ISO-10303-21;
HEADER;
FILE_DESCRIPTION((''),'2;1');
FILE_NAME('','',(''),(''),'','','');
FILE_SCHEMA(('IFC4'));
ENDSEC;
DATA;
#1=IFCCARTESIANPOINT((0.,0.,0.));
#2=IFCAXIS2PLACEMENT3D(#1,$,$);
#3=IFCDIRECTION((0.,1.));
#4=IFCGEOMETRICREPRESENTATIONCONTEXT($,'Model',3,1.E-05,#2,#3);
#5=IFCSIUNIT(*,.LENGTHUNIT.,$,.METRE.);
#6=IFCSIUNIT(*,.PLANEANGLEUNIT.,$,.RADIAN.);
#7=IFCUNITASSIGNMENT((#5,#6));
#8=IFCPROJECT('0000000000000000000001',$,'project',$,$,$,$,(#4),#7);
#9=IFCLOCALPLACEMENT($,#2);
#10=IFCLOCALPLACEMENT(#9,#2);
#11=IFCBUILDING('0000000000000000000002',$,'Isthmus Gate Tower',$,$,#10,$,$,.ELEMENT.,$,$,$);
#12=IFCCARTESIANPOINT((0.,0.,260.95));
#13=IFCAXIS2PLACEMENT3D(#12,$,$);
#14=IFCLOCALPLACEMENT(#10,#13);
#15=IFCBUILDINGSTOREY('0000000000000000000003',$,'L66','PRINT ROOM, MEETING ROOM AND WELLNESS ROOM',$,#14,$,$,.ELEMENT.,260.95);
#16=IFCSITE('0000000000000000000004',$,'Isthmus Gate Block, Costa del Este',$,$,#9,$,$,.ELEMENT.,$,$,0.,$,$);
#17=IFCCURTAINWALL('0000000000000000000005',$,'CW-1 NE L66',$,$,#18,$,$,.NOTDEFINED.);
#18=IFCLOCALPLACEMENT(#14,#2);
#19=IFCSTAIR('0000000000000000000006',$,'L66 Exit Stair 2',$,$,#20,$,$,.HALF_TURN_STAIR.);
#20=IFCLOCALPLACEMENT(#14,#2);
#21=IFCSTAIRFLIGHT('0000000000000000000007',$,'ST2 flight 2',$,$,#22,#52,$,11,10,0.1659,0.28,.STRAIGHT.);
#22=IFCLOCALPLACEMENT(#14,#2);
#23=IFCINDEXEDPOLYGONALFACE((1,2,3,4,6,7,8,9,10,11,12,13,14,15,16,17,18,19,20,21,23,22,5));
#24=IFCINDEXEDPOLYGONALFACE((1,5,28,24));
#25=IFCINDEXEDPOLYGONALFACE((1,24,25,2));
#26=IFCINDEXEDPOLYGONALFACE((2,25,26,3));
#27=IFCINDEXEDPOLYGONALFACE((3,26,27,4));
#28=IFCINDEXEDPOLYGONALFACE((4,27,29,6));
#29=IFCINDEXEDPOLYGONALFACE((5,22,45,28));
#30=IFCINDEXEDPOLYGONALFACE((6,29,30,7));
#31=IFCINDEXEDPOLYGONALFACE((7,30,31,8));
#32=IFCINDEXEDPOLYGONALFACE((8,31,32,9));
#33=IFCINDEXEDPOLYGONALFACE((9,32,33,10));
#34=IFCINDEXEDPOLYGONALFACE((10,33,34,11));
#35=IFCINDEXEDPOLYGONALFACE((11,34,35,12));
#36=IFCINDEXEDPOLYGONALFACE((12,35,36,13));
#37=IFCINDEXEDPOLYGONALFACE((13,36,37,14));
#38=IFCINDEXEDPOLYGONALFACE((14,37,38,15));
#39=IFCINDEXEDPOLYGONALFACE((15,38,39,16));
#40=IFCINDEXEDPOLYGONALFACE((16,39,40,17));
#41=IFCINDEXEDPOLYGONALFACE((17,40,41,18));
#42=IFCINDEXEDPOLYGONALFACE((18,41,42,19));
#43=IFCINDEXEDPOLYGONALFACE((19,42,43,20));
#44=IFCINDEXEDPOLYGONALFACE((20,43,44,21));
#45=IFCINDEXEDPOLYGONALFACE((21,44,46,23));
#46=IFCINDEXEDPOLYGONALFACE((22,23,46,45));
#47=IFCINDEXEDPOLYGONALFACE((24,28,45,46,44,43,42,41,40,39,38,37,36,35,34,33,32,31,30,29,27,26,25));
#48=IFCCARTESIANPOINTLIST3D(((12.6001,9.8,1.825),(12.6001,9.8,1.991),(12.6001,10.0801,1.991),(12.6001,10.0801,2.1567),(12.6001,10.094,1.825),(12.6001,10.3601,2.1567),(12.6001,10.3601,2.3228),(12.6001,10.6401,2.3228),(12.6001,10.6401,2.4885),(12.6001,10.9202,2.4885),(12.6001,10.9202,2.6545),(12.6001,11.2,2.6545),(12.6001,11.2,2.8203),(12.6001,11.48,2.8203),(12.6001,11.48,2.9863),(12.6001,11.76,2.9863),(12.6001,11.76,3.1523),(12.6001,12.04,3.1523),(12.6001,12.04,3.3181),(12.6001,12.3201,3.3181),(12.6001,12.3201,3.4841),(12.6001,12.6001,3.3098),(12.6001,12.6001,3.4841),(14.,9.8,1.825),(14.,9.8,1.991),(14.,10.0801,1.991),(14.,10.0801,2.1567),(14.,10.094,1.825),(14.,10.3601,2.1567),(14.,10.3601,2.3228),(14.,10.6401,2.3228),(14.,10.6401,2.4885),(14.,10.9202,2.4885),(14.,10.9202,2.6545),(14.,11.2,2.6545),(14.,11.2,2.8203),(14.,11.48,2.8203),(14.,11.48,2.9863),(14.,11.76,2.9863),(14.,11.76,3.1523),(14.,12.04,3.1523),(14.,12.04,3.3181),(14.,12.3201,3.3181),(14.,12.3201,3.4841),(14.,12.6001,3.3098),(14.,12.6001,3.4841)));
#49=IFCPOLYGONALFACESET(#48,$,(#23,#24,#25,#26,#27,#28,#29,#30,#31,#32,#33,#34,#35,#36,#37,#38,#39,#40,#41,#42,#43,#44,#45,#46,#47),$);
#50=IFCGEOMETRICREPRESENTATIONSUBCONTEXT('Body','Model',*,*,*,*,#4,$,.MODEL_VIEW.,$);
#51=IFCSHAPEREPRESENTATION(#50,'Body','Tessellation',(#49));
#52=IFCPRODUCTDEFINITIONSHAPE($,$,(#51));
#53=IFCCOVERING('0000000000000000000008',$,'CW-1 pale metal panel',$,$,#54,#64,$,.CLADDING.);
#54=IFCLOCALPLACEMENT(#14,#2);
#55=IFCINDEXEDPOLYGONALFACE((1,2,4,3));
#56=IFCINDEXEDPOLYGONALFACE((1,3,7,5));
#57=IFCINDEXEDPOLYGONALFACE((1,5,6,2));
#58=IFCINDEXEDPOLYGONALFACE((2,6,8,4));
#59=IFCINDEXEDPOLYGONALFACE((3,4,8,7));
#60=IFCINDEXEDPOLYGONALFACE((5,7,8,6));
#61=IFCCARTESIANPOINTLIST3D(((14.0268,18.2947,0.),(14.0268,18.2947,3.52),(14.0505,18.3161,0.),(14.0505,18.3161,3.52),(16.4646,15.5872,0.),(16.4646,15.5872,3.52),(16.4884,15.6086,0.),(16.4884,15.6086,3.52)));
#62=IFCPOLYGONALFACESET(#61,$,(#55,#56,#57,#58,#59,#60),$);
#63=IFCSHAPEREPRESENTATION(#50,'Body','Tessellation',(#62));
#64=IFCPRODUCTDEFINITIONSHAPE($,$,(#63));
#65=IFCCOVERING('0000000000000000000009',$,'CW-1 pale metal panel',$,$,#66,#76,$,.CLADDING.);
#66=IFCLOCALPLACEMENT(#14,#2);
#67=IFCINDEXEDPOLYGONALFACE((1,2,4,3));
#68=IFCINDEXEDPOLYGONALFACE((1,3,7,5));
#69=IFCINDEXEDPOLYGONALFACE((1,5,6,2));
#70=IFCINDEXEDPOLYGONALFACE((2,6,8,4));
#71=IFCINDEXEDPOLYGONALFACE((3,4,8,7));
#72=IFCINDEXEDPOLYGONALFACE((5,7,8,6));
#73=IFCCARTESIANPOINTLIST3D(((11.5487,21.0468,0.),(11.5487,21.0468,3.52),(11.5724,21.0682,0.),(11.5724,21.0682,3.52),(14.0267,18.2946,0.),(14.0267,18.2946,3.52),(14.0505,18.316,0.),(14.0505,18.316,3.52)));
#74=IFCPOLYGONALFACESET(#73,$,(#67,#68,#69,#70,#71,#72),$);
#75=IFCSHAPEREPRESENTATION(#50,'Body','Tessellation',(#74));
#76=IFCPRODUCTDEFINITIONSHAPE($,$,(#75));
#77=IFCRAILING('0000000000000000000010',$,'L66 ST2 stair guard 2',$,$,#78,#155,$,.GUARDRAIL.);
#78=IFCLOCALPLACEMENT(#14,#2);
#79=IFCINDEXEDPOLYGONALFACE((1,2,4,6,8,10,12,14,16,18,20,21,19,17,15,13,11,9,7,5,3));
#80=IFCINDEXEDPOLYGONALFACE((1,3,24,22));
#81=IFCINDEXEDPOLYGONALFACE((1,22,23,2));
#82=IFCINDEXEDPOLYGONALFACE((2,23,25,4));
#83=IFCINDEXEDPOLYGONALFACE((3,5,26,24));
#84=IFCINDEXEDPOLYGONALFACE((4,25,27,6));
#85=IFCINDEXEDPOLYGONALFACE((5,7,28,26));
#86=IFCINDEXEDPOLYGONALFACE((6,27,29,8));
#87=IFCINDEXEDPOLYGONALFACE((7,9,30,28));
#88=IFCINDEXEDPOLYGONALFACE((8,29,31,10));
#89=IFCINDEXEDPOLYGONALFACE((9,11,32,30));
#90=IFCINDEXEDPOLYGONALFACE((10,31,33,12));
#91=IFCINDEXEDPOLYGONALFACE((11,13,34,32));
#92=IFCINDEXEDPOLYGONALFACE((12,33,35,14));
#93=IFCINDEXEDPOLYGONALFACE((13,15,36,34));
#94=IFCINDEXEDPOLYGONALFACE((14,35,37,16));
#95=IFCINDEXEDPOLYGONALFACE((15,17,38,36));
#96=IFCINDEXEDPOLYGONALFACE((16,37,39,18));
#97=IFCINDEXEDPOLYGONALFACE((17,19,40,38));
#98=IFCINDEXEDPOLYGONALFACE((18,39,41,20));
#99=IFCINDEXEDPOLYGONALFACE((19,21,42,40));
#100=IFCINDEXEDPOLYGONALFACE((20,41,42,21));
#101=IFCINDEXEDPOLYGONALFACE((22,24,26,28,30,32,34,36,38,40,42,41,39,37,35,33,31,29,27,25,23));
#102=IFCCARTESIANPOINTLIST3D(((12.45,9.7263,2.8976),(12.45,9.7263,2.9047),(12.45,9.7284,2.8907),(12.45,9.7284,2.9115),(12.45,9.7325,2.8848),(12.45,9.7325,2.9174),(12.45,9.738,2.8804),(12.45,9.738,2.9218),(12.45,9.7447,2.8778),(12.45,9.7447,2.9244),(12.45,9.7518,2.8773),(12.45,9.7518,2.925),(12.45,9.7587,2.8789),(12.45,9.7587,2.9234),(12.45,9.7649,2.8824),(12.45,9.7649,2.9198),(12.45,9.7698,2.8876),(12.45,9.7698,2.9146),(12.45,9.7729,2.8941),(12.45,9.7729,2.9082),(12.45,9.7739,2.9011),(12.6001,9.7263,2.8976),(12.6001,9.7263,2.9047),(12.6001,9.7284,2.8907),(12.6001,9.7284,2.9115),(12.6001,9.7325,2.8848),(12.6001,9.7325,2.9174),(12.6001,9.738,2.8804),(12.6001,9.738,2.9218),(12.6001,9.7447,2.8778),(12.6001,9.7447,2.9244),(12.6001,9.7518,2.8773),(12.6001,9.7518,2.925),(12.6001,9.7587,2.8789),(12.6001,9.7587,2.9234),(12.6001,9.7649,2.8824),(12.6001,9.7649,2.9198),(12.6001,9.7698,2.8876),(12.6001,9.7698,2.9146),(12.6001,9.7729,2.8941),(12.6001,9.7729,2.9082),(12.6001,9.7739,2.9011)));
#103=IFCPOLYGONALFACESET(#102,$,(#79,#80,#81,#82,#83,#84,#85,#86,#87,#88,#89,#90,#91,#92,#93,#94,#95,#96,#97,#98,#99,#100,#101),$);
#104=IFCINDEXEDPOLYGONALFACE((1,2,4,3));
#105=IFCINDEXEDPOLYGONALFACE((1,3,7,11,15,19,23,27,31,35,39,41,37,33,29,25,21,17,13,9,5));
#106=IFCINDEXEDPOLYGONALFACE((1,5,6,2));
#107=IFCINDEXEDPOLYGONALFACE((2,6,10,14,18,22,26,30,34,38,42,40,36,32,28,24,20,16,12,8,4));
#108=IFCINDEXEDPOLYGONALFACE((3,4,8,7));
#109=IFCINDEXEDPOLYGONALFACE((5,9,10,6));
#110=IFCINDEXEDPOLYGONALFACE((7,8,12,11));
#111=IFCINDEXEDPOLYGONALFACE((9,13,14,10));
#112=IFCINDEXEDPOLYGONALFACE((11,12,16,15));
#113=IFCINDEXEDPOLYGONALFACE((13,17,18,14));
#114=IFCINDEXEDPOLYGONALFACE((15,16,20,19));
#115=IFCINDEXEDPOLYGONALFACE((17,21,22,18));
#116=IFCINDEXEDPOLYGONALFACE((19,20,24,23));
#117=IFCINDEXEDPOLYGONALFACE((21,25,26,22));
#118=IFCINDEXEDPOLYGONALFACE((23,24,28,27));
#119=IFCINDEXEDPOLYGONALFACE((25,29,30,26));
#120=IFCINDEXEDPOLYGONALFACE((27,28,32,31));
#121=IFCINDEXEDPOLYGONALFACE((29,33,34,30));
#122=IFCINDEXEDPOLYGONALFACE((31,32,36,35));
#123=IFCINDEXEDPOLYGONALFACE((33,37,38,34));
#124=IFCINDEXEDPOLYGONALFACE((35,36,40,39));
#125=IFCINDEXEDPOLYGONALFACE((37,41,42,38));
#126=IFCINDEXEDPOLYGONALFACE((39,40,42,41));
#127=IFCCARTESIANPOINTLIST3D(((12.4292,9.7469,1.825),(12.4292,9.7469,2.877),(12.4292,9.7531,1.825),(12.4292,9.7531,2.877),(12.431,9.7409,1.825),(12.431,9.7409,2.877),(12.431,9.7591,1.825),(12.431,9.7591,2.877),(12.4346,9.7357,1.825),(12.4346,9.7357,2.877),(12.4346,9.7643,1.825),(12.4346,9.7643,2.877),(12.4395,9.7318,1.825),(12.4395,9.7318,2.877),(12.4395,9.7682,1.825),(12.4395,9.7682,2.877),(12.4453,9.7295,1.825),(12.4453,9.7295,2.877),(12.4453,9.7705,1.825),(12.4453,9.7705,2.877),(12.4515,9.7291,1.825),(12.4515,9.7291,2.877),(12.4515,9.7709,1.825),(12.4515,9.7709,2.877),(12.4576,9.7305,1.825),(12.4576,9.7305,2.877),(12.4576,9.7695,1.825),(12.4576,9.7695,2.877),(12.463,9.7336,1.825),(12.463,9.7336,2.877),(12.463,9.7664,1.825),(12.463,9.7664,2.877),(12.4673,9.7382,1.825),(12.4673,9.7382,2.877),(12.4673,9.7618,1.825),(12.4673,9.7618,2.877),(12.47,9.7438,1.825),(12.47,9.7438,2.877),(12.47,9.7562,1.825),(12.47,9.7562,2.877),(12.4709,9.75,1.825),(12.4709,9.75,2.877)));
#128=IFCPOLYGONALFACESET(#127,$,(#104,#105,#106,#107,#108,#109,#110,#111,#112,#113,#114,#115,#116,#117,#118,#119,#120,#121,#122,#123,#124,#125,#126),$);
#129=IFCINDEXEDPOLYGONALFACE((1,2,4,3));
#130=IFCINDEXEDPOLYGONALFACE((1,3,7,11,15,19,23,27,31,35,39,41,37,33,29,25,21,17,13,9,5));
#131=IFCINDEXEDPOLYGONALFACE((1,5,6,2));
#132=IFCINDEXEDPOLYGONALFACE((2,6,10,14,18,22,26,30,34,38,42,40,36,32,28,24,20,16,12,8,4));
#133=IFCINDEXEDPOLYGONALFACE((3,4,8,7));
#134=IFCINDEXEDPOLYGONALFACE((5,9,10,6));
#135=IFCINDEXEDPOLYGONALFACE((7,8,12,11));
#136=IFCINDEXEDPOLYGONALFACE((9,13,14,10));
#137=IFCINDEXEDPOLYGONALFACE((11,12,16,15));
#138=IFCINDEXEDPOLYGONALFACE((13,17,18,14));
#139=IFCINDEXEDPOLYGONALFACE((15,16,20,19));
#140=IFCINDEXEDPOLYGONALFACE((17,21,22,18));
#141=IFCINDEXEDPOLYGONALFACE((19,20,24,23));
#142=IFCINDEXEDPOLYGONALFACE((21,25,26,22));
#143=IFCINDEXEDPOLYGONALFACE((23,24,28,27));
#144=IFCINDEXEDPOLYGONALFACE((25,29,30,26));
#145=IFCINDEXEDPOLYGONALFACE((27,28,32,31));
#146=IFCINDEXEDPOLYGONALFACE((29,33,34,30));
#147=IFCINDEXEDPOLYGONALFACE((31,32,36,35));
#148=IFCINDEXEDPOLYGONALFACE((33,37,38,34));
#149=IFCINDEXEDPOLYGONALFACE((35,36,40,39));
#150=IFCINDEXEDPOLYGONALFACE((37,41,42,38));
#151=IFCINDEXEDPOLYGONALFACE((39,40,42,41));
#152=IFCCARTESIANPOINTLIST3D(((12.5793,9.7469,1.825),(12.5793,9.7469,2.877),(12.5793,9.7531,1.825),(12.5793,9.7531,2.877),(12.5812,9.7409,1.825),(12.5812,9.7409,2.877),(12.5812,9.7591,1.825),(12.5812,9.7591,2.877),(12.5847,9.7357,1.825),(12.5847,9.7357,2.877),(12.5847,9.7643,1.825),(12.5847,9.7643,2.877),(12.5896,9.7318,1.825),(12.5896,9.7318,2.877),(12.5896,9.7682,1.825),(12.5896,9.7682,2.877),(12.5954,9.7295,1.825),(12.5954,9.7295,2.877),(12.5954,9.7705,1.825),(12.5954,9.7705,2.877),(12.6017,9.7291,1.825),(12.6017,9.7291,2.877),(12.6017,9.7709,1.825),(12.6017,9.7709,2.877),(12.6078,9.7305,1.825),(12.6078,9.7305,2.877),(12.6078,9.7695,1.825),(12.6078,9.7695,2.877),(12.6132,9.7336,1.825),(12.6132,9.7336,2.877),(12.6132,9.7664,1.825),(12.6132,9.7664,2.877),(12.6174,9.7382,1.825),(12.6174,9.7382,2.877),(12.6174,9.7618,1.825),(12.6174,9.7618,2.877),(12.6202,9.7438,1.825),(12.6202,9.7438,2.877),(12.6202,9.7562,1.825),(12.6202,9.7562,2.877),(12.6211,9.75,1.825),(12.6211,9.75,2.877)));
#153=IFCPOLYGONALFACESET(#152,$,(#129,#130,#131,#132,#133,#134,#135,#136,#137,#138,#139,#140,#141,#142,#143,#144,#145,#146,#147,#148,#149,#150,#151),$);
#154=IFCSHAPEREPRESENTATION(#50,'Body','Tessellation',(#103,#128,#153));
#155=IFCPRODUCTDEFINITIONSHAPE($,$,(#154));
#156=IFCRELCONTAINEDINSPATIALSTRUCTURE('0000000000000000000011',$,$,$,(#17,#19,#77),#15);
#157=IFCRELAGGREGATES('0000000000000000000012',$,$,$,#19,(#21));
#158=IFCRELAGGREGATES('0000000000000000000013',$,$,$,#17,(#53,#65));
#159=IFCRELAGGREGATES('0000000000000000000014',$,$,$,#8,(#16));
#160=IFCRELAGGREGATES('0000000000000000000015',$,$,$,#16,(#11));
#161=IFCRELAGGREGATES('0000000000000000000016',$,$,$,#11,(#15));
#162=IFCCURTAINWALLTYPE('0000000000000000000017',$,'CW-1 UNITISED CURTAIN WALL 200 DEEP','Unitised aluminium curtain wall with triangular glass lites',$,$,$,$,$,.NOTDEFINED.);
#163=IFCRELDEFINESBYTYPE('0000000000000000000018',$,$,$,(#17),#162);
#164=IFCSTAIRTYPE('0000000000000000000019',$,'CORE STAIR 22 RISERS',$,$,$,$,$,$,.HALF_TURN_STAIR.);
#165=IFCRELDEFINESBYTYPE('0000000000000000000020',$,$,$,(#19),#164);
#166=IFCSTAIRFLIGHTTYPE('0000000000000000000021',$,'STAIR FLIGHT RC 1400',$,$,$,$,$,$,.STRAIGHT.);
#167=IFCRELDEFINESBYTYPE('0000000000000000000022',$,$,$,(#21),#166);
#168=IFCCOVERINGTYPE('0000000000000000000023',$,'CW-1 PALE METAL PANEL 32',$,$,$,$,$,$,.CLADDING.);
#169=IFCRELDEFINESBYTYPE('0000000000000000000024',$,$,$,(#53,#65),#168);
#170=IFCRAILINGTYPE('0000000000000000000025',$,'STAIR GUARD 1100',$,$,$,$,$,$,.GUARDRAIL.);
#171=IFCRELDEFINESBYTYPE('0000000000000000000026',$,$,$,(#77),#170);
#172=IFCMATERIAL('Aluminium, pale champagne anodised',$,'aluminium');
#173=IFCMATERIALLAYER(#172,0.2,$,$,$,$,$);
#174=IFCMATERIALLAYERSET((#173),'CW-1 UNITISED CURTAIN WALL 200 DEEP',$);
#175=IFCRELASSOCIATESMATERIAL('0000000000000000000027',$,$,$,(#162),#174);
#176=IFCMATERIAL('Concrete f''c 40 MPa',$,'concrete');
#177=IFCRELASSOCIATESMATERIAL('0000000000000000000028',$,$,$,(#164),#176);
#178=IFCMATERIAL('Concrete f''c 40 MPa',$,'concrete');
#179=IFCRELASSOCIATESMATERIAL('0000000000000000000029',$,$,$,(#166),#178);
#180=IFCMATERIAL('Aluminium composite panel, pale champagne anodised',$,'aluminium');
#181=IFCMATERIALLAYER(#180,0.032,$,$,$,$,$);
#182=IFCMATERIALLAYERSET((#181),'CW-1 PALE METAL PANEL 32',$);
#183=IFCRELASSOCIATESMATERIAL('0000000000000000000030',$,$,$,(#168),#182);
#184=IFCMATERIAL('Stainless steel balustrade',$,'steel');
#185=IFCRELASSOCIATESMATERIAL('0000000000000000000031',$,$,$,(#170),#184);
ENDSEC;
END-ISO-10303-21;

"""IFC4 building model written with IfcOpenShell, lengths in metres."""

from ifc_helpers import new_model, si_unit, direction, frame, origin, origin_2d, place, context, subcontext, project, spatial, polyline, rectangle, circle, outline, extrude, material, layer, layer_set, type_object, element, aggregate, save


model = new_model("IFC4")

# Units and contexts
model_context = context("Model", 3, precision=1e-05, world=origin(), true_north=direction((0.0, 1.0)))
body_context = subcontext(model_context, "Body", "Model", "MODEL_VIEW")
ifc_project = project(units=[si_unit("LENGTHUNIT", "METRE"), si_unit("PLANEANGLEUNIT", "RADIAN")], contexts=[model_context])

# Site, building, storey
site_placement = place(None, origin())
site = spatial("IfcSite", under=ifc_project, at=site_placement, Name="Isthmus Gate Block, Costa del Este", CompositionType="ELEMENT", RefElevation=0.0)
building_placement = place(site_placement, origin())
building = spatial("IfcBuilding", under=site, at=building_placement, Name="Isthmus Gate Tower", CompositionType="ELEMENT")
storey_placement = place(building_placement, frame((0.0, 0.0, 260.95)))
storey = spatial("IfcBuildingStorey", under=building, at=storey_placement, Name="L66", Description="PRINT ROOM, MEETING ROOM AND WELLNESS ROOM", CompositionType="ELEMENT", Elevation=260.95)

# Curtain wall
ifc_material_1 = material(Name="Aluminium, pale champagne anodised", Category="aluminium")
ifc_layer_1 = layer(ifc_material_1, 0.2)
ifc_layer_set_1 = layer_set([ifc_layer_1], Name="CW-1 UNITISED CURTAIN WALL 200 DEEP")
curtain_wall_type = type_object("IfcCurtainWallType", Name="CW-1 UNITISED CURTAIN WALL 200 DEEP", Description="Unitised aluminium curtain wall with triangular glass lites", PredefinedType="NOTDEFINED", material=ifc_layer_set_1)
curtain_wall_placement = place(storey_placement, origin())
curtain_wall = element("IfcCurtainWall", 1, at=curtain_wall_placement, inside=storey, type_object=curtain_wall_type, Name="CW-1 NE L66", PredefinedType="NOTDEFINED")

# Stair, stair flight
ifc_material_2 = material(Name="Concrete f'c 40 MPa", Category="concrete")
stair_type = type_object("IfcStairType", Name="CORE STAIR 22 RISERS", PredefinedType="HALF_TURN_STAIR", material=ifc_material_2)
stair_placement = place(storey_placement, origin())
stair = element("IfcStair", 2, at=stair_placement, inside=storey, type_object=stair_type, Name="L66 Exit Stair 2", PredefinedType="HALF_TURN_STAIR")
ifc_material_3 = material(Name="Concrete f'c 40 MPa", Category="concrete")
stair_flight_type = type_object("IfcStairFlightType", Name="STAIR FLIGHT RC 1400", PredefinedType="STRAIGHT", material=ifc_material_3)
stair_flight_placement = place(storey_placement, frame((13.3, 9.8, 1.825), z_axis=(0.0, 0.0, 1.0), x_axis=(0.0, 1.0, 0.0)))
stair_flight = element("IfcStairFlight", 3, at=stair_flight_placement, type_object=stair_flight_type, Name="ST2 flight 2", NumberOfRisers=11, NumberOfTreads=10, PredefinedType="STRAIGHT", RiserHeight=0.1659, TreadLength=0.28, context=body_context, shape_type="SweptSolid", body=[
    extrude(outline(polyline([(0.0, 0.0), (0.0, 0.166), (0.28, 0.166), (0.28, 0.3318), (0.5601, 0.3318), (0.5601, 0.4978), (0.8401, 0.4978), (0.8401, 0.6636), (1.1201, 0.6636), (1.1201, 0.8296), (1.3999, 0.8296), (1.3999, 0.9954), (1.6799, 0.9954), (1.6799, 1.1614), (1.96, 1.1614), (1.96, 1.3274), (2.24, 1.3274), (2.24, 1.4932), (2.52, 1.4932), (2.52, 1.6592), (2.8, 1.6592), (2.8, 1.825), (2.8, 1.4849), (0.2939, 0.0), (0.0, 0.0)])), frame((0.0, 0.7, 0.0), z_axis=(0.0, -1.0, 0.0), x_axis=(1.0, 0.0, 0.0)), (0.0, 0.0, 1.0), 1.3999),
])
aggregate(stair, [stair_flight])

# Coverings
ifc_material_4 = material(Name="Aluminium composite panel, pale champagne anodised", Category="aluminium")
ifc_layer_2 = layer(ifc_material_4, 0.032)
ifc_layer_set_2 = layer_set([ifc_layer_2], Name="CW-1 PALE METAL PANEL 32")
covering_type = type_object("IfcCoveringType", Name="CW-1 PALE METAL PANEL 32", PredefinedType="CLADDING", material=ifc_layer_set_2)
covering_1_placement = place(storey_placement, frame((15.2576, 16.9517, 0.0), z_axis=(0.0, 0.0, 1.0), x_axis=(-0.669131, 0.743145, 0.0)))
covering_1 = element("IfcCovering", 4, at=covering_1_placement, type_object=covering_type, Name="CW-1 pale metal panel", PredefinedType="CLADDING", context=body_context, shape_type="SweptSolid", body=[
    extrude(rectangle(XDim=3.6433, YDim=0.032, at=origin_2d()), origin(), (0.0, 0.0, 1.0), 3.52),
])
covering_2_placement = place(storey_placement, frame((12.7996, 19.6814, 0.0), z_axis=(0.0, 0.0, 1.0), x_axis=(-0.669131, 0.743145, 0.0)))
covering_2 = element("IfcCovering", 5, at=covering_2_placement, type_object=covering_type, Name="CW-1 pale metal panel", PredefinedType="CLADDING", context=body_context, shape_type="SweptSolid", body=[
    extrude(rectangle(XDim=3.7034, YDim=0.032, at=origin_2d()), origin(), (0.0, 0.0, 1.0), 3.52),
])
aggregate(curtain_wall, [covering_1, covering_2])

# Railing
ifc_material_5 = material(Name="Stainless steel balustrade", Category="steel")
railing_type_1 = type_object("IfcRailingType", Name="STAIR GUARD 1100", PredefinedType="GUARDRAIL", material=ifc_material_5)
railing_1_placement = place(storey_placement, frame((12.45, 9.75, 1.825)))
element("IfcRailing", 6, at=railing_1_placement, inside=storey, type_object=railing_type_1, Name="L66 ST2 stair guard 2", PredefinedType="GUARDRAIL", context=body_context, shape_type="SweptSolid", body=[
    extrude(circle(Radius=0.0239, at=origin_2d()), frame((0.0, 0.0, 1.0762), z_axis=(1.0, 0.0, 0.0), x_axis=(0.0, 1.0, 0.0)), (0.0, 0.0, 1.0), 0.1501),
    extrude(circle(Radius=0.021, at=origin_2d()), origin(), (0.0, 0.0, 1.0), 1.052),
    extrude(circle(Radius=0.021, at=origin_2d()), frame((0.1501, 0.0, 0.0)), (0.0, 0.0, 1.0), 1.052),
])

save(model, "model.ifc")
